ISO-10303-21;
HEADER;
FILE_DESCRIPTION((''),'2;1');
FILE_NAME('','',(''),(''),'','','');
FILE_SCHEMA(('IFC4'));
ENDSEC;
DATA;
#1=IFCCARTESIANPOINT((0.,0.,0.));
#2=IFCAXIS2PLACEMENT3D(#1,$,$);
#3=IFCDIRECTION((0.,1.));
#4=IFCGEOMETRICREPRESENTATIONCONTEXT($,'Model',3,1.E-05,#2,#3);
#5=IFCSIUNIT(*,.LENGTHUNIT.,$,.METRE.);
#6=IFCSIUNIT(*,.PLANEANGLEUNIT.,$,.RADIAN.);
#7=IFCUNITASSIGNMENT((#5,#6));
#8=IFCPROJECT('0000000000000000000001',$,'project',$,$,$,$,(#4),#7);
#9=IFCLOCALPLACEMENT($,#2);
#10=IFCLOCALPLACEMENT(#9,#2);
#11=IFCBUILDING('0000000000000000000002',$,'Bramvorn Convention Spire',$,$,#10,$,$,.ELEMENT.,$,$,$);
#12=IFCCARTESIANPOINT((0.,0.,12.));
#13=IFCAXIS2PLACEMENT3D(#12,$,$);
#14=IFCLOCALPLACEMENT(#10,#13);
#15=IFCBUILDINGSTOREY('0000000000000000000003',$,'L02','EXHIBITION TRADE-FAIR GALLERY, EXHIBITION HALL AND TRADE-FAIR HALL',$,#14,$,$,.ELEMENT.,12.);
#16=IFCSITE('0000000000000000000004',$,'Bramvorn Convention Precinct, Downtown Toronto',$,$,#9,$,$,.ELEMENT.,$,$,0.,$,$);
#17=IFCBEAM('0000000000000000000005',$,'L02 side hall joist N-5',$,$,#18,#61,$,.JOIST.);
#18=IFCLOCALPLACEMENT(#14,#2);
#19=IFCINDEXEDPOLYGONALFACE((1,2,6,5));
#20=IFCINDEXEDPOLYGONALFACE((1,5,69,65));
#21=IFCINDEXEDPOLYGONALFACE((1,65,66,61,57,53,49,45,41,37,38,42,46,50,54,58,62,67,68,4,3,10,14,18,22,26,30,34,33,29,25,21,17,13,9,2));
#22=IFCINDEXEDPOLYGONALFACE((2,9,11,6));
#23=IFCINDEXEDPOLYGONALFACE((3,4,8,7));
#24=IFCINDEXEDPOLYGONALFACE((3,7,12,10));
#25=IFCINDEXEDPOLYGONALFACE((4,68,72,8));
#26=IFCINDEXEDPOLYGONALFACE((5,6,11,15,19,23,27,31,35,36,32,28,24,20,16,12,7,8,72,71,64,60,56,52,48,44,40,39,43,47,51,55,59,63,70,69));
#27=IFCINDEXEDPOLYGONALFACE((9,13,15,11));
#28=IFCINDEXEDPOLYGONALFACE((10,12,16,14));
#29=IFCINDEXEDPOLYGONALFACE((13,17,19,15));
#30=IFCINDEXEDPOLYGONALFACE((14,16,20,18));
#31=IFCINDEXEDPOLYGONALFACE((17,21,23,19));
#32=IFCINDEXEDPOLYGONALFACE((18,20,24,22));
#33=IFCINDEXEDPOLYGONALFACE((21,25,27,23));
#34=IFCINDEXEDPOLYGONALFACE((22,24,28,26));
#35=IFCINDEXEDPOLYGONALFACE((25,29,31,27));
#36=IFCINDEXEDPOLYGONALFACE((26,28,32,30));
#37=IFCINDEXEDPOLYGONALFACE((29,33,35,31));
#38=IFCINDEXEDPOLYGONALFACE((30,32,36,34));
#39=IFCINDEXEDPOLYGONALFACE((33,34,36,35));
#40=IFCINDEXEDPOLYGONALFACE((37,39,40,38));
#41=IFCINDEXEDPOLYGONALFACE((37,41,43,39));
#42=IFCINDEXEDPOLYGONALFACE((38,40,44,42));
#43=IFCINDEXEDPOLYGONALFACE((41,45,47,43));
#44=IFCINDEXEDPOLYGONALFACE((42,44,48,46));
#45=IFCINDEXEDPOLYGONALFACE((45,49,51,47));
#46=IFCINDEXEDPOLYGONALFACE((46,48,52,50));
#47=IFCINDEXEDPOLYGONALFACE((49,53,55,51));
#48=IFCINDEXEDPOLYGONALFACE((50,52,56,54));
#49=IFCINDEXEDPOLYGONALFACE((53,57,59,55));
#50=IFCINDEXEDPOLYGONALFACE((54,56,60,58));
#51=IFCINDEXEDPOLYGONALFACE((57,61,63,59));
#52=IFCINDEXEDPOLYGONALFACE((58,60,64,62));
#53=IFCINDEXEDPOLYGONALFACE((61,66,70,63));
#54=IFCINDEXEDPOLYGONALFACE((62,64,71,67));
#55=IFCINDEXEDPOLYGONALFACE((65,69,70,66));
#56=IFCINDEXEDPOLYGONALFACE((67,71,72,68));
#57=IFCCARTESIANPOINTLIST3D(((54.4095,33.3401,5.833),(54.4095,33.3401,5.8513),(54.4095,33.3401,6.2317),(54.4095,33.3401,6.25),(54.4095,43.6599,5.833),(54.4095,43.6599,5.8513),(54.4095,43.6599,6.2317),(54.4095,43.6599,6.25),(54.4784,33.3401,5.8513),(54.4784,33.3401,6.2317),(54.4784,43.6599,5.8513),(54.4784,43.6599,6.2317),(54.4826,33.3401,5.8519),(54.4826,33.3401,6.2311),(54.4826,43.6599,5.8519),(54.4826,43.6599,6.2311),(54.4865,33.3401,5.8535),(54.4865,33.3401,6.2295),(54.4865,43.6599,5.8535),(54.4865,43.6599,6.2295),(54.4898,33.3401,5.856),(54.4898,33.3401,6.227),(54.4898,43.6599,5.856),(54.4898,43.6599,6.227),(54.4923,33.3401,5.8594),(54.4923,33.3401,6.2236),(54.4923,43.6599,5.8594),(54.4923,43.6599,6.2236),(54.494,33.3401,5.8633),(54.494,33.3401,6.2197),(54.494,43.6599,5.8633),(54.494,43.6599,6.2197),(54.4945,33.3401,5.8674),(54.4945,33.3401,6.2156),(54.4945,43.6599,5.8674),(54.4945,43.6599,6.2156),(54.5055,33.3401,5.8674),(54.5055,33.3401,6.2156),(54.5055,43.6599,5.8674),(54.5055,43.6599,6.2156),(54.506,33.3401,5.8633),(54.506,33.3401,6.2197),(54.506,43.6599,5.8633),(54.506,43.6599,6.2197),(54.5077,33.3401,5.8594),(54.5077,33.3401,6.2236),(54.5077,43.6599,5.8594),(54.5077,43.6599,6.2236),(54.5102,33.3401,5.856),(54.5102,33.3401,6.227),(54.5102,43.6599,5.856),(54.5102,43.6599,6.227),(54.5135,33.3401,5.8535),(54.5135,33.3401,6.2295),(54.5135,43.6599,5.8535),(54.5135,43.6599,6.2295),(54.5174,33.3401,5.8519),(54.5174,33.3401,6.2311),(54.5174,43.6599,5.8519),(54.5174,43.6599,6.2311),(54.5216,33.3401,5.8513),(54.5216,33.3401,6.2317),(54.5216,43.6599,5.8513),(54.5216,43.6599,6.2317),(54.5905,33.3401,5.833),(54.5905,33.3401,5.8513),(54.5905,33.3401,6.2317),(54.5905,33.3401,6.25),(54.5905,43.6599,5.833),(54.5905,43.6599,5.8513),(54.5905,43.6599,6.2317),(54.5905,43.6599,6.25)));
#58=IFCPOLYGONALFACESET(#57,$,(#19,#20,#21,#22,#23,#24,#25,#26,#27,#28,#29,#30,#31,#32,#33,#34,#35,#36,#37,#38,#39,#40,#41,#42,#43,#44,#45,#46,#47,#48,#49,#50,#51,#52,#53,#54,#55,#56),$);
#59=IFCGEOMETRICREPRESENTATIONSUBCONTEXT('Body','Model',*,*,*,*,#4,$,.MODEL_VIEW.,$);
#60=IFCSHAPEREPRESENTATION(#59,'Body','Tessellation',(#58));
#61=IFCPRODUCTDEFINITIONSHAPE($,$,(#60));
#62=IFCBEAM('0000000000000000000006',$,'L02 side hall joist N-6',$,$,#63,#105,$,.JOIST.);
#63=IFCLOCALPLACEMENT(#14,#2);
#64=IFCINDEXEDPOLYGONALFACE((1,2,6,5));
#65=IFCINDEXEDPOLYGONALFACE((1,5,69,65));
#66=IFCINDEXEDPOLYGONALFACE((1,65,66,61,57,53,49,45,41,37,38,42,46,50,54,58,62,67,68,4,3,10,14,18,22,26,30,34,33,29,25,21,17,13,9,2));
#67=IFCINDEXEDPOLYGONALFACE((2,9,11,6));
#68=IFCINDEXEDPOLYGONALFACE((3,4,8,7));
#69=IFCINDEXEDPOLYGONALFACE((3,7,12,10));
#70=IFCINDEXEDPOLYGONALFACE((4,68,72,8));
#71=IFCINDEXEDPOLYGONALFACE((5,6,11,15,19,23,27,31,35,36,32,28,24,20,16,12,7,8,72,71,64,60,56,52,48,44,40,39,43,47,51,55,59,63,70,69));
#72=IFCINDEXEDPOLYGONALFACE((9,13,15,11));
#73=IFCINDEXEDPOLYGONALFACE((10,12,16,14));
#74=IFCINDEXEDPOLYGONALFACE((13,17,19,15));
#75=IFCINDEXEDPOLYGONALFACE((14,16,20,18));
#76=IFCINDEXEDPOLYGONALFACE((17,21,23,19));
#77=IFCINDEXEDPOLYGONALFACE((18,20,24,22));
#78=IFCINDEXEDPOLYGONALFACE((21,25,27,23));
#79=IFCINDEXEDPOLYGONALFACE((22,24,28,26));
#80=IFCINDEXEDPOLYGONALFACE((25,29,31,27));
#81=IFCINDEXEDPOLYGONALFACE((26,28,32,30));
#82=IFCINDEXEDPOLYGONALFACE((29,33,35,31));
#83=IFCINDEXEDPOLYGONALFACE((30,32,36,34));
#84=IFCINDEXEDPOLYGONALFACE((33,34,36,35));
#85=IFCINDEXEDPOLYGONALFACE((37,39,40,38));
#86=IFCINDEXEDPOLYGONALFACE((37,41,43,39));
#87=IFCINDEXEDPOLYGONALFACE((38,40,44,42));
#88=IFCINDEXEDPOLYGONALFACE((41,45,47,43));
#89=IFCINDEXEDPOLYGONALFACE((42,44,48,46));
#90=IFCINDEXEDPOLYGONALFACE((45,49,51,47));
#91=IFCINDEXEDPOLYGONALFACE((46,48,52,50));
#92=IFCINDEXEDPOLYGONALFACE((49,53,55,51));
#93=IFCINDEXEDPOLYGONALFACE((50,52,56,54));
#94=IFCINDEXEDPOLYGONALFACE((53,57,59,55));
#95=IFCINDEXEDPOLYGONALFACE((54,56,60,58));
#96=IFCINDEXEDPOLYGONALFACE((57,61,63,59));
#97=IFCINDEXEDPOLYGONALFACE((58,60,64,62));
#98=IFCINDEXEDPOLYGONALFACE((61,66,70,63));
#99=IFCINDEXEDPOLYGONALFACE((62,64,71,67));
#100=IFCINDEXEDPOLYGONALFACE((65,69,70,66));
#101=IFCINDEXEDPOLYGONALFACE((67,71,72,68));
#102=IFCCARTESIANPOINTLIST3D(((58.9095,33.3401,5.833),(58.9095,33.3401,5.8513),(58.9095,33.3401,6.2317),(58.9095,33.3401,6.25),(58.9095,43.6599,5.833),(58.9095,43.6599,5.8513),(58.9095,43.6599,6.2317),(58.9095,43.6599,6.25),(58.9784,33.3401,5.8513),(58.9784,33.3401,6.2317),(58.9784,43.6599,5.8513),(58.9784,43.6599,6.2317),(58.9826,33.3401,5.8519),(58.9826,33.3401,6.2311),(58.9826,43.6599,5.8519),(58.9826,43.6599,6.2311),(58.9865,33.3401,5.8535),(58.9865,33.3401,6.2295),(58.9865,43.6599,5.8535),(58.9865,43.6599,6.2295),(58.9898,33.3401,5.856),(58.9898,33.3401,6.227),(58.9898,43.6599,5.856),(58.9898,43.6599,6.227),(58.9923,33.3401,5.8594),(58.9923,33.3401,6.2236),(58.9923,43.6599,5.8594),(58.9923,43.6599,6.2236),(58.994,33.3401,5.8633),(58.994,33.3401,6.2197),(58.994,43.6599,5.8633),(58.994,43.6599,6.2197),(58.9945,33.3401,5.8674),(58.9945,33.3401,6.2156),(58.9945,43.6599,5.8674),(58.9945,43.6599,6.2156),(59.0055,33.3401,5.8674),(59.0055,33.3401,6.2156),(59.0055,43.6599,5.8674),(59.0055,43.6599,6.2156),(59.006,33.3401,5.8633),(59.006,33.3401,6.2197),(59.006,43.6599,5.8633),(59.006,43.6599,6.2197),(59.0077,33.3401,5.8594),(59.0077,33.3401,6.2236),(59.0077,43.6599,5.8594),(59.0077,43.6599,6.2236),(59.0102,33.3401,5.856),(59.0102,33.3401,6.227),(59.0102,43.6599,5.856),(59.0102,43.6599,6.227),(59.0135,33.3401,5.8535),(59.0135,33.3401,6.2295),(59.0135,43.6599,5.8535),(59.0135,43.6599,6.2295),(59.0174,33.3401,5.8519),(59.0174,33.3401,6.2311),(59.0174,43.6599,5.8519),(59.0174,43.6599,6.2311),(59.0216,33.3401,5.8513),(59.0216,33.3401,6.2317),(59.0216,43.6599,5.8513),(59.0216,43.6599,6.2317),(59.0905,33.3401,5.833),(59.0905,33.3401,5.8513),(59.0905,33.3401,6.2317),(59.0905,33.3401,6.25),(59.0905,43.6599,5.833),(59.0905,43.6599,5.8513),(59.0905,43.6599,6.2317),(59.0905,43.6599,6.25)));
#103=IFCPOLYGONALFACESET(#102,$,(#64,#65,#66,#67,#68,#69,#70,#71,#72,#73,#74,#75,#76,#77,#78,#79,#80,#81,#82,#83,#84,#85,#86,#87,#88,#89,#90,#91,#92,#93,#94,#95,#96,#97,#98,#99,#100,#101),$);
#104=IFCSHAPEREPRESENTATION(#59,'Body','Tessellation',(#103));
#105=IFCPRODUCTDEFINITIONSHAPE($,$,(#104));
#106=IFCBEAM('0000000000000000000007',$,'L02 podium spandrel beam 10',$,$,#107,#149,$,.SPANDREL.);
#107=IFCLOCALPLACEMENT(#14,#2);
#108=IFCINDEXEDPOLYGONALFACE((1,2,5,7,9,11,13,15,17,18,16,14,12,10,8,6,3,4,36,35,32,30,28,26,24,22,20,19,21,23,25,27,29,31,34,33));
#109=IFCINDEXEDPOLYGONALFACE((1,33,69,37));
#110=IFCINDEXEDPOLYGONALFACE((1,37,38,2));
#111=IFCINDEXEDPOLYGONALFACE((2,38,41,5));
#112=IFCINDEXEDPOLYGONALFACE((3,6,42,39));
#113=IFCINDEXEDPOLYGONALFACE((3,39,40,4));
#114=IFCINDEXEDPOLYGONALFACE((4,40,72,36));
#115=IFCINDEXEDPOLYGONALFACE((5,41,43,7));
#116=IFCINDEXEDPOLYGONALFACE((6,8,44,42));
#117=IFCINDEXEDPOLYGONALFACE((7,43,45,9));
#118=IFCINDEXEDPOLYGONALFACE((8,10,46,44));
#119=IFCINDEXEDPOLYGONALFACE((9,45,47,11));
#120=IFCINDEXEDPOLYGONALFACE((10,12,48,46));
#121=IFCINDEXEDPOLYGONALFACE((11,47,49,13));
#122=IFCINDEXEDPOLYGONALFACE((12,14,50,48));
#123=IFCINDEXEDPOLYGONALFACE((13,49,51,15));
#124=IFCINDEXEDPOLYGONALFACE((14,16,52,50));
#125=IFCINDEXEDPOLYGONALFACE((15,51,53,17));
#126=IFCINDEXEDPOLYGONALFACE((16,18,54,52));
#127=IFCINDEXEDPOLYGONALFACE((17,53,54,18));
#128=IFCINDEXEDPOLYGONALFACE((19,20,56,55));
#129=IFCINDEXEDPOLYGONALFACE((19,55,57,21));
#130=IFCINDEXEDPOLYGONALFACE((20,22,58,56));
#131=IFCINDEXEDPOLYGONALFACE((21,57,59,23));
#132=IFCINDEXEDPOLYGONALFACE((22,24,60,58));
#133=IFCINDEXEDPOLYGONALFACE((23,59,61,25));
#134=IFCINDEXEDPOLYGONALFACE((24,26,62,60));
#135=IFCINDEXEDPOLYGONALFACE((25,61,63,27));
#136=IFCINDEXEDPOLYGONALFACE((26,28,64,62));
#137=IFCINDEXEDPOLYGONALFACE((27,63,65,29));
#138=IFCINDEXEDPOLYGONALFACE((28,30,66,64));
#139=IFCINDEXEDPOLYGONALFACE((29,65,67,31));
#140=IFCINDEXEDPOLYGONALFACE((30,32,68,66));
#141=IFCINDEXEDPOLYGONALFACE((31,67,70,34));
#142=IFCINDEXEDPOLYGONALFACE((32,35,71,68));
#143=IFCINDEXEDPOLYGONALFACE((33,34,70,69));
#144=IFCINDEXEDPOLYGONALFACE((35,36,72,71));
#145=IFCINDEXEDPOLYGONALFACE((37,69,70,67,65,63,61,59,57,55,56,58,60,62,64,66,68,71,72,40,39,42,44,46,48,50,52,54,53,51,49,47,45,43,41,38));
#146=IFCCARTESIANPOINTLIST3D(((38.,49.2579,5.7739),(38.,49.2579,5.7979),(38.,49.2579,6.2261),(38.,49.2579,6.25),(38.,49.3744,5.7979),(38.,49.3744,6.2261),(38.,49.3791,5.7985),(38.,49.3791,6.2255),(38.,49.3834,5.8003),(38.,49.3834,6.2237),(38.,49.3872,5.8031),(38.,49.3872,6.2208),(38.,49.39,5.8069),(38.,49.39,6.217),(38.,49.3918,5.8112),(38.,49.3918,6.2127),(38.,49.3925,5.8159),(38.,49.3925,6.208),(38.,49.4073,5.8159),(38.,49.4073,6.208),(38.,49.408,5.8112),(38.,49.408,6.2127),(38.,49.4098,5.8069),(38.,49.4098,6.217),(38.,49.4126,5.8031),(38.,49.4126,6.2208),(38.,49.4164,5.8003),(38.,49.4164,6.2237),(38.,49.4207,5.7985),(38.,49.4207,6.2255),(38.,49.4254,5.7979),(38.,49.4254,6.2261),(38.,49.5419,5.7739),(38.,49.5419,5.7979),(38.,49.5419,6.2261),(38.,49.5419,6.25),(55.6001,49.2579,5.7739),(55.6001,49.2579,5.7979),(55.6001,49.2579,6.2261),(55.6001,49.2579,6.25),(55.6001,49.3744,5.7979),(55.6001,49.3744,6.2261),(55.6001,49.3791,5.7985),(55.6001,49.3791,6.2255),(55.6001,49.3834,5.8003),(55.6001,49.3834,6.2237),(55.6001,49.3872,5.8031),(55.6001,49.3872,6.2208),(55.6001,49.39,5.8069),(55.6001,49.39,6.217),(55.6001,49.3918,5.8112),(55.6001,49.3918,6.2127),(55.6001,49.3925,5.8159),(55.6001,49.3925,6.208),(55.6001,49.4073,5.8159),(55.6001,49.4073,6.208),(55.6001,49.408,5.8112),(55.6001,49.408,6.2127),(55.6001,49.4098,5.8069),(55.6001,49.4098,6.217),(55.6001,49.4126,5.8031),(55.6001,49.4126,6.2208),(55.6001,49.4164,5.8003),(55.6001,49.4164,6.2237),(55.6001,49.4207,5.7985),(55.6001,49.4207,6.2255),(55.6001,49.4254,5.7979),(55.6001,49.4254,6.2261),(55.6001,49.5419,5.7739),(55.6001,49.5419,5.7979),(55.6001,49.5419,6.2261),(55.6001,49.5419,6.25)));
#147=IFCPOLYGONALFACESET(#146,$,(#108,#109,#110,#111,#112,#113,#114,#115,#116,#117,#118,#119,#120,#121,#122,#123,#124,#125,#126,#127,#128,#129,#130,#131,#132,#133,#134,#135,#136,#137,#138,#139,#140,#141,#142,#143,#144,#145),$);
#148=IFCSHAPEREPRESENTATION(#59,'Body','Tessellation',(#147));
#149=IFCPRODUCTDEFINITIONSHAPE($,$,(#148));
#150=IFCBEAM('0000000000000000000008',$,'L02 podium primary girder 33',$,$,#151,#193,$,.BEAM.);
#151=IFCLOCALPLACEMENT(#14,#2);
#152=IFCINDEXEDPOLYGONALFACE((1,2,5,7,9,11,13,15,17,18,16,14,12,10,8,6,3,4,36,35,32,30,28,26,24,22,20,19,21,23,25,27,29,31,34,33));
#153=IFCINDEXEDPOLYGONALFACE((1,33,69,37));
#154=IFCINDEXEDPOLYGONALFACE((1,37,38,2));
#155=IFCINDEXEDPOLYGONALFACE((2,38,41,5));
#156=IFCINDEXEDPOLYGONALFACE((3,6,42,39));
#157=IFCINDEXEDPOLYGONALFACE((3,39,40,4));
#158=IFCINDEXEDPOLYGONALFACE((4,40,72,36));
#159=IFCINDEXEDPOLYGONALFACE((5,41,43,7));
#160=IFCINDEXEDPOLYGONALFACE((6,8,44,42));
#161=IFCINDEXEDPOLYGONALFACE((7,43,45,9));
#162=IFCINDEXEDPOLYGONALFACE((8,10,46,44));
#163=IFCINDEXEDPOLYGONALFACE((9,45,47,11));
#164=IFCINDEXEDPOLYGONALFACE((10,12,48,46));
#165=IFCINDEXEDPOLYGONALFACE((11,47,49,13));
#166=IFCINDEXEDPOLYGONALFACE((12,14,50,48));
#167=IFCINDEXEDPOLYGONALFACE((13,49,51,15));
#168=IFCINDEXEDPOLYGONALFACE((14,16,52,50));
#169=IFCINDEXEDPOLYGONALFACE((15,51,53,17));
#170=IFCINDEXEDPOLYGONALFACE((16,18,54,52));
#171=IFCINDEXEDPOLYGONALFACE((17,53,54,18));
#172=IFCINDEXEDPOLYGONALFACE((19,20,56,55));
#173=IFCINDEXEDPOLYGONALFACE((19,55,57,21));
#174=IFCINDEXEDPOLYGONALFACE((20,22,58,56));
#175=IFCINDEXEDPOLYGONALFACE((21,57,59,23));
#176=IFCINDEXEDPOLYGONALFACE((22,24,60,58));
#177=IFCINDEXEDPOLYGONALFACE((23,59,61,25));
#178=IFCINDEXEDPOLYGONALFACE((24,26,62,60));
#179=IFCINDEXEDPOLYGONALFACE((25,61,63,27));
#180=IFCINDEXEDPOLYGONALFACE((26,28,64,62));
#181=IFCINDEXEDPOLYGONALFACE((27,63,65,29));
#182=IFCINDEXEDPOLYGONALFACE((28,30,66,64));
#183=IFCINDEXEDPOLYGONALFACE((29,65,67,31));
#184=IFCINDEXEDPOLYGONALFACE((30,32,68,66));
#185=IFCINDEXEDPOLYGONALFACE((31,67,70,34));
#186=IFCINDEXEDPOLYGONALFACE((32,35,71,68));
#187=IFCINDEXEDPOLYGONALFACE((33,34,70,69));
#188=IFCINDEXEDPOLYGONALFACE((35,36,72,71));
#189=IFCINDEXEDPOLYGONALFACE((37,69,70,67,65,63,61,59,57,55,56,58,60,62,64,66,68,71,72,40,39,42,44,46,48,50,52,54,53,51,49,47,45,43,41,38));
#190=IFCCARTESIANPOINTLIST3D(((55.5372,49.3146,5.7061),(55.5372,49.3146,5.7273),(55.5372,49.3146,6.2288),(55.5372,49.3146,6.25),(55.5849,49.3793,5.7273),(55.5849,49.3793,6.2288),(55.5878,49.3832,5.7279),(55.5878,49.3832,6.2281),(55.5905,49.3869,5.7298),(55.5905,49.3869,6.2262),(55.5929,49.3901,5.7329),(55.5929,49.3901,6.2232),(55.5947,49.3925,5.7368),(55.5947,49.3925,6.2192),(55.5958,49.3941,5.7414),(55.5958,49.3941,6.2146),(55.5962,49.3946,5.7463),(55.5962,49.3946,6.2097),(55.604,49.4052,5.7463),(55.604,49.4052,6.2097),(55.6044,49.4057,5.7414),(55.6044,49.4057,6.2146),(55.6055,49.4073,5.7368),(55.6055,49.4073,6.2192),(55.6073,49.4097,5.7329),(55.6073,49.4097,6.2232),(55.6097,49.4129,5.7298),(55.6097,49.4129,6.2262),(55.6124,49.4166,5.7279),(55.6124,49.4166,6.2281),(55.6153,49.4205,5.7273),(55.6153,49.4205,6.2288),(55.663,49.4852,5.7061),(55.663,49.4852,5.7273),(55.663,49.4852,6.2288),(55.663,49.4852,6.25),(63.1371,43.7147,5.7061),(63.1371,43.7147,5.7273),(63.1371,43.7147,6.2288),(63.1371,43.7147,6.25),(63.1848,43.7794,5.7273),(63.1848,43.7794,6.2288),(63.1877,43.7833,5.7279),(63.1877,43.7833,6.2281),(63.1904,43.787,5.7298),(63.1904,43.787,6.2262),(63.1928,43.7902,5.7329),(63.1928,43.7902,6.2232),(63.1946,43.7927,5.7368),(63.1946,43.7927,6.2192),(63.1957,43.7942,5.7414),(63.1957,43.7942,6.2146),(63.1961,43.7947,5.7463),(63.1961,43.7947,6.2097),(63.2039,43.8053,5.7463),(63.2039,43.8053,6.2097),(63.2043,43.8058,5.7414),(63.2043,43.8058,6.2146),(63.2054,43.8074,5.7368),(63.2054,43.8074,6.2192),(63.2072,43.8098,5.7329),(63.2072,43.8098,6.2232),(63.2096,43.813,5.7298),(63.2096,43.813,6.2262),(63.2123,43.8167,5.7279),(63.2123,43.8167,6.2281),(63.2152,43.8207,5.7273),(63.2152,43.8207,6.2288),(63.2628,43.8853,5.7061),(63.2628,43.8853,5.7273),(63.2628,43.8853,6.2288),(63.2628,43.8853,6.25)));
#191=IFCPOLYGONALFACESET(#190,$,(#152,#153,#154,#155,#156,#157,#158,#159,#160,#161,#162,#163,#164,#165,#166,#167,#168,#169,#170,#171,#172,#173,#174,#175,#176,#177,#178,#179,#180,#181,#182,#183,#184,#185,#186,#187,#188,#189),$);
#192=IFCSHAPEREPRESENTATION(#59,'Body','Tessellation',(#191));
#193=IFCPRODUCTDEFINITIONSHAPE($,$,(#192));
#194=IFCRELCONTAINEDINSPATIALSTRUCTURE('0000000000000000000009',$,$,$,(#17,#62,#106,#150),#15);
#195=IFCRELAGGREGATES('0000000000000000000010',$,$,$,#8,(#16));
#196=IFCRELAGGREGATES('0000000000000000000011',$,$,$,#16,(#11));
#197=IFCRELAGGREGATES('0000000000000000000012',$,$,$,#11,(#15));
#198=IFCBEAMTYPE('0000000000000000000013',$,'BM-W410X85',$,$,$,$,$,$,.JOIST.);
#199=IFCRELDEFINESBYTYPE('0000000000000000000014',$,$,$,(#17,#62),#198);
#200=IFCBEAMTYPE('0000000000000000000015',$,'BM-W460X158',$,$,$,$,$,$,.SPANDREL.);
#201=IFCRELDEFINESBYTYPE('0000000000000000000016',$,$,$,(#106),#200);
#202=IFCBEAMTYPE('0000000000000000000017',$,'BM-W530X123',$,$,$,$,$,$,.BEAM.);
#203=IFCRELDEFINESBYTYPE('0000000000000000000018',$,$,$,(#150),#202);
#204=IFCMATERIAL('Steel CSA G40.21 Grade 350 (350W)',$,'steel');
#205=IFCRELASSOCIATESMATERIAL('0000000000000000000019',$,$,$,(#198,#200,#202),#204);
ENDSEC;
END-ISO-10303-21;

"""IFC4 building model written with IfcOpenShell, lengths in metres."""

from ifc_helpers import new_model, si_unit, direction, frame, origin, origin_2d, place, context, subcontext, project, spatial, i_section, extrude, material, material_profile, profile_set, type_object, element, save


model = new_model("IFC4")

# Units and contexts
model_context = context("Model", 3, precision=1e-05, world=origin(), true_north=direction((0.0, 1.0)))
body_context = subcontext(model_context, "Body", "Model", "MODEL_VIEW")
ifc_project = project(units=[si_unit("LENGTHUNIT", "METRE"), si_unit("PLANEANGLEUNIT", "RADIAN")], contexts=[model_context])

# Site, building, storey
site_placement = place(None, origin())
site = spatial("IfcSite", under=ifc_project, at=site_placement, Name="Bramvorn Convention Precinct, Downtown Toronto", CompositionType="ELEMENT", RefElevation=0.0)
building_placement = place(site_placement, origin())
building = spatial("IfcBuilding", under=site, at=building_placement, Name="Bramvorn Convention Spire", CompositionType="ELEMENT")
storey_placement = place(building_placement, frame((0.0, 0.0, 12.0)))
storey = spatial("IfcBuildingStorey", under=building, at=storey_placement, Name="L02", Description="EXHIBITION TRADE-FAIR GALLERY, EXHIBITION HALL AND TRADE-FAIR HALL", CompositionType="ELEMENT", Elevation=12.0)

# Shared definitions
ifc_material_1 = material(Name="Steel CSA G40.21 Grade 350 (350W)", Category="steel")

# Beams
ifc_material_profile_1 = material_profile(ifc_material_1, i_section(OverallWidth=0.1809, OverallDepth=0.417, WebThickness=0.011, FlangeThickness=0.0183, FilletRadius=0.0161, at=origin_2d()))
ifc_profile_set_1 = profile_set([ifc_material_profile_1], Name="Steel CSA G40.21 Grade 350 (350W) - W410X85")
beam_type_1 = type_object("IfcBeamType", Name="BM-W410X85", PredefinedType="JOIST", material=ifc_profile_set_1)
for number, where, z_axis, x_axis, name in (
    (1, (54.5, 33.3401, 6.0415), (0.0, 1.0, 0.0), (-1.0, 0.0, 0.0), "L02 side hall joist N-5"),
    (2, (59.0, 33.3401, 6.0415), (0.0, 1.0, 0.0), (-1.0, 0.0, 0.0), "L02 side hall joist N-6"),
):
    element("IfcBeam", number, at=place(storey_placement, frame(where, z_axis=z_axis, x_axis=x_axis)), inside=storey, type_object=beam_type_1, Name=name, PredefinedType="JOIST", context=body_context, shape_type="SweptSolid", body=[
        extrude(i_section(OverallWidth=0.1809, OverallDepth=0.417, WebThickness=0.011, FlangeThickness=0.0183, FilletRadius=0.0161, at=origin_2d()), origin(), (0.0, 0.0, 1.0), 10.3198),
    ])
ifc_material_profile_2 = material_profile(ifc_material_1, i_section(OverallWidth=0.2839, OverallDepth=0.4761, WebThickness=0.0149, FlangeThickness=0.0239, FilletRadius=0.0181, at=origin_2d()))
ifc_profile_set_2 = profile_set([ifc_material_profile_2], Name="Steel CSA G40.21 Grade 350 (350W) - W460X158")
beam_type_2 = type_object("IfcBeamType", Name="BM-W460X158", PredefinedType="SPANDREL", material=ifc_profile_set_2)
beam_1_placement = place(storey_placement, frame((55.6001, 49.3999, 6.012), z_axis=(-1.0, 0.0, 0.0), x_axis=(0.0, -1.0, 0.0)))
element("IfcBeam", 3, at=beam_1_placement, inside=storey, type_object=beam_type_2, Name="L02 podium spandrel beam 10", PredefinedType="SPANDREL", context=body_context, shape_type="SweptSolid", body=[
    extrude(i_section(OverallWidth=0.2839, OverallDepth=0.4761, WebThickness=0.0149, FlangeThickness=0.0239, FilletRadius=0.0181, at=origin_2d()), origin(), (0.0, 0.0, 1.0), 17.6001),
])
ifc_material_profile_3 = material_profile(ifc_material_1, i_section(OverallWidth=0.2119, OverallDepth=0.5439, WebThickness=0.0132, FlangeThickness=0.0212, FilletRadius=0.019, at=origin_2d()))
ifc_profile_set_3 = profile_set([ifc_material_profile_3], Name="Steel CSA G40.21 Grade 350 (350W) - W530X123")
beam_type_3 = type_object("IfcBeamType", Name="BM-W530X123", PredefinedType="BEAM", material=ifc_profile_set_3)
beam_2_placement = place(storey_placement, frame((55.6001, 49.3999, 5.978), z_axis=(0.805058, -0.593196, 0.0), x_axis=(0.593196, 0.805058, 0.0)))
element("IfcBeam", 4, at=beam_2_placement, inside=storey, type_object=beam_type_3, Name="L02 podium primary girder 33", PredefinedType="BEAM", context=body_context, shape_type="SweptSolid", body=[
    extrude(i_section(OverallWidth=0.2119, OverallDepth=0.5439, WebThickness=0.0132, FlangeThickness=0.0212, FilletRadius=0.019, at=origin_2d()), origin(), (0.0, 0.0, 1.0), 9.4402),
])

save(model, "model.ifc")
